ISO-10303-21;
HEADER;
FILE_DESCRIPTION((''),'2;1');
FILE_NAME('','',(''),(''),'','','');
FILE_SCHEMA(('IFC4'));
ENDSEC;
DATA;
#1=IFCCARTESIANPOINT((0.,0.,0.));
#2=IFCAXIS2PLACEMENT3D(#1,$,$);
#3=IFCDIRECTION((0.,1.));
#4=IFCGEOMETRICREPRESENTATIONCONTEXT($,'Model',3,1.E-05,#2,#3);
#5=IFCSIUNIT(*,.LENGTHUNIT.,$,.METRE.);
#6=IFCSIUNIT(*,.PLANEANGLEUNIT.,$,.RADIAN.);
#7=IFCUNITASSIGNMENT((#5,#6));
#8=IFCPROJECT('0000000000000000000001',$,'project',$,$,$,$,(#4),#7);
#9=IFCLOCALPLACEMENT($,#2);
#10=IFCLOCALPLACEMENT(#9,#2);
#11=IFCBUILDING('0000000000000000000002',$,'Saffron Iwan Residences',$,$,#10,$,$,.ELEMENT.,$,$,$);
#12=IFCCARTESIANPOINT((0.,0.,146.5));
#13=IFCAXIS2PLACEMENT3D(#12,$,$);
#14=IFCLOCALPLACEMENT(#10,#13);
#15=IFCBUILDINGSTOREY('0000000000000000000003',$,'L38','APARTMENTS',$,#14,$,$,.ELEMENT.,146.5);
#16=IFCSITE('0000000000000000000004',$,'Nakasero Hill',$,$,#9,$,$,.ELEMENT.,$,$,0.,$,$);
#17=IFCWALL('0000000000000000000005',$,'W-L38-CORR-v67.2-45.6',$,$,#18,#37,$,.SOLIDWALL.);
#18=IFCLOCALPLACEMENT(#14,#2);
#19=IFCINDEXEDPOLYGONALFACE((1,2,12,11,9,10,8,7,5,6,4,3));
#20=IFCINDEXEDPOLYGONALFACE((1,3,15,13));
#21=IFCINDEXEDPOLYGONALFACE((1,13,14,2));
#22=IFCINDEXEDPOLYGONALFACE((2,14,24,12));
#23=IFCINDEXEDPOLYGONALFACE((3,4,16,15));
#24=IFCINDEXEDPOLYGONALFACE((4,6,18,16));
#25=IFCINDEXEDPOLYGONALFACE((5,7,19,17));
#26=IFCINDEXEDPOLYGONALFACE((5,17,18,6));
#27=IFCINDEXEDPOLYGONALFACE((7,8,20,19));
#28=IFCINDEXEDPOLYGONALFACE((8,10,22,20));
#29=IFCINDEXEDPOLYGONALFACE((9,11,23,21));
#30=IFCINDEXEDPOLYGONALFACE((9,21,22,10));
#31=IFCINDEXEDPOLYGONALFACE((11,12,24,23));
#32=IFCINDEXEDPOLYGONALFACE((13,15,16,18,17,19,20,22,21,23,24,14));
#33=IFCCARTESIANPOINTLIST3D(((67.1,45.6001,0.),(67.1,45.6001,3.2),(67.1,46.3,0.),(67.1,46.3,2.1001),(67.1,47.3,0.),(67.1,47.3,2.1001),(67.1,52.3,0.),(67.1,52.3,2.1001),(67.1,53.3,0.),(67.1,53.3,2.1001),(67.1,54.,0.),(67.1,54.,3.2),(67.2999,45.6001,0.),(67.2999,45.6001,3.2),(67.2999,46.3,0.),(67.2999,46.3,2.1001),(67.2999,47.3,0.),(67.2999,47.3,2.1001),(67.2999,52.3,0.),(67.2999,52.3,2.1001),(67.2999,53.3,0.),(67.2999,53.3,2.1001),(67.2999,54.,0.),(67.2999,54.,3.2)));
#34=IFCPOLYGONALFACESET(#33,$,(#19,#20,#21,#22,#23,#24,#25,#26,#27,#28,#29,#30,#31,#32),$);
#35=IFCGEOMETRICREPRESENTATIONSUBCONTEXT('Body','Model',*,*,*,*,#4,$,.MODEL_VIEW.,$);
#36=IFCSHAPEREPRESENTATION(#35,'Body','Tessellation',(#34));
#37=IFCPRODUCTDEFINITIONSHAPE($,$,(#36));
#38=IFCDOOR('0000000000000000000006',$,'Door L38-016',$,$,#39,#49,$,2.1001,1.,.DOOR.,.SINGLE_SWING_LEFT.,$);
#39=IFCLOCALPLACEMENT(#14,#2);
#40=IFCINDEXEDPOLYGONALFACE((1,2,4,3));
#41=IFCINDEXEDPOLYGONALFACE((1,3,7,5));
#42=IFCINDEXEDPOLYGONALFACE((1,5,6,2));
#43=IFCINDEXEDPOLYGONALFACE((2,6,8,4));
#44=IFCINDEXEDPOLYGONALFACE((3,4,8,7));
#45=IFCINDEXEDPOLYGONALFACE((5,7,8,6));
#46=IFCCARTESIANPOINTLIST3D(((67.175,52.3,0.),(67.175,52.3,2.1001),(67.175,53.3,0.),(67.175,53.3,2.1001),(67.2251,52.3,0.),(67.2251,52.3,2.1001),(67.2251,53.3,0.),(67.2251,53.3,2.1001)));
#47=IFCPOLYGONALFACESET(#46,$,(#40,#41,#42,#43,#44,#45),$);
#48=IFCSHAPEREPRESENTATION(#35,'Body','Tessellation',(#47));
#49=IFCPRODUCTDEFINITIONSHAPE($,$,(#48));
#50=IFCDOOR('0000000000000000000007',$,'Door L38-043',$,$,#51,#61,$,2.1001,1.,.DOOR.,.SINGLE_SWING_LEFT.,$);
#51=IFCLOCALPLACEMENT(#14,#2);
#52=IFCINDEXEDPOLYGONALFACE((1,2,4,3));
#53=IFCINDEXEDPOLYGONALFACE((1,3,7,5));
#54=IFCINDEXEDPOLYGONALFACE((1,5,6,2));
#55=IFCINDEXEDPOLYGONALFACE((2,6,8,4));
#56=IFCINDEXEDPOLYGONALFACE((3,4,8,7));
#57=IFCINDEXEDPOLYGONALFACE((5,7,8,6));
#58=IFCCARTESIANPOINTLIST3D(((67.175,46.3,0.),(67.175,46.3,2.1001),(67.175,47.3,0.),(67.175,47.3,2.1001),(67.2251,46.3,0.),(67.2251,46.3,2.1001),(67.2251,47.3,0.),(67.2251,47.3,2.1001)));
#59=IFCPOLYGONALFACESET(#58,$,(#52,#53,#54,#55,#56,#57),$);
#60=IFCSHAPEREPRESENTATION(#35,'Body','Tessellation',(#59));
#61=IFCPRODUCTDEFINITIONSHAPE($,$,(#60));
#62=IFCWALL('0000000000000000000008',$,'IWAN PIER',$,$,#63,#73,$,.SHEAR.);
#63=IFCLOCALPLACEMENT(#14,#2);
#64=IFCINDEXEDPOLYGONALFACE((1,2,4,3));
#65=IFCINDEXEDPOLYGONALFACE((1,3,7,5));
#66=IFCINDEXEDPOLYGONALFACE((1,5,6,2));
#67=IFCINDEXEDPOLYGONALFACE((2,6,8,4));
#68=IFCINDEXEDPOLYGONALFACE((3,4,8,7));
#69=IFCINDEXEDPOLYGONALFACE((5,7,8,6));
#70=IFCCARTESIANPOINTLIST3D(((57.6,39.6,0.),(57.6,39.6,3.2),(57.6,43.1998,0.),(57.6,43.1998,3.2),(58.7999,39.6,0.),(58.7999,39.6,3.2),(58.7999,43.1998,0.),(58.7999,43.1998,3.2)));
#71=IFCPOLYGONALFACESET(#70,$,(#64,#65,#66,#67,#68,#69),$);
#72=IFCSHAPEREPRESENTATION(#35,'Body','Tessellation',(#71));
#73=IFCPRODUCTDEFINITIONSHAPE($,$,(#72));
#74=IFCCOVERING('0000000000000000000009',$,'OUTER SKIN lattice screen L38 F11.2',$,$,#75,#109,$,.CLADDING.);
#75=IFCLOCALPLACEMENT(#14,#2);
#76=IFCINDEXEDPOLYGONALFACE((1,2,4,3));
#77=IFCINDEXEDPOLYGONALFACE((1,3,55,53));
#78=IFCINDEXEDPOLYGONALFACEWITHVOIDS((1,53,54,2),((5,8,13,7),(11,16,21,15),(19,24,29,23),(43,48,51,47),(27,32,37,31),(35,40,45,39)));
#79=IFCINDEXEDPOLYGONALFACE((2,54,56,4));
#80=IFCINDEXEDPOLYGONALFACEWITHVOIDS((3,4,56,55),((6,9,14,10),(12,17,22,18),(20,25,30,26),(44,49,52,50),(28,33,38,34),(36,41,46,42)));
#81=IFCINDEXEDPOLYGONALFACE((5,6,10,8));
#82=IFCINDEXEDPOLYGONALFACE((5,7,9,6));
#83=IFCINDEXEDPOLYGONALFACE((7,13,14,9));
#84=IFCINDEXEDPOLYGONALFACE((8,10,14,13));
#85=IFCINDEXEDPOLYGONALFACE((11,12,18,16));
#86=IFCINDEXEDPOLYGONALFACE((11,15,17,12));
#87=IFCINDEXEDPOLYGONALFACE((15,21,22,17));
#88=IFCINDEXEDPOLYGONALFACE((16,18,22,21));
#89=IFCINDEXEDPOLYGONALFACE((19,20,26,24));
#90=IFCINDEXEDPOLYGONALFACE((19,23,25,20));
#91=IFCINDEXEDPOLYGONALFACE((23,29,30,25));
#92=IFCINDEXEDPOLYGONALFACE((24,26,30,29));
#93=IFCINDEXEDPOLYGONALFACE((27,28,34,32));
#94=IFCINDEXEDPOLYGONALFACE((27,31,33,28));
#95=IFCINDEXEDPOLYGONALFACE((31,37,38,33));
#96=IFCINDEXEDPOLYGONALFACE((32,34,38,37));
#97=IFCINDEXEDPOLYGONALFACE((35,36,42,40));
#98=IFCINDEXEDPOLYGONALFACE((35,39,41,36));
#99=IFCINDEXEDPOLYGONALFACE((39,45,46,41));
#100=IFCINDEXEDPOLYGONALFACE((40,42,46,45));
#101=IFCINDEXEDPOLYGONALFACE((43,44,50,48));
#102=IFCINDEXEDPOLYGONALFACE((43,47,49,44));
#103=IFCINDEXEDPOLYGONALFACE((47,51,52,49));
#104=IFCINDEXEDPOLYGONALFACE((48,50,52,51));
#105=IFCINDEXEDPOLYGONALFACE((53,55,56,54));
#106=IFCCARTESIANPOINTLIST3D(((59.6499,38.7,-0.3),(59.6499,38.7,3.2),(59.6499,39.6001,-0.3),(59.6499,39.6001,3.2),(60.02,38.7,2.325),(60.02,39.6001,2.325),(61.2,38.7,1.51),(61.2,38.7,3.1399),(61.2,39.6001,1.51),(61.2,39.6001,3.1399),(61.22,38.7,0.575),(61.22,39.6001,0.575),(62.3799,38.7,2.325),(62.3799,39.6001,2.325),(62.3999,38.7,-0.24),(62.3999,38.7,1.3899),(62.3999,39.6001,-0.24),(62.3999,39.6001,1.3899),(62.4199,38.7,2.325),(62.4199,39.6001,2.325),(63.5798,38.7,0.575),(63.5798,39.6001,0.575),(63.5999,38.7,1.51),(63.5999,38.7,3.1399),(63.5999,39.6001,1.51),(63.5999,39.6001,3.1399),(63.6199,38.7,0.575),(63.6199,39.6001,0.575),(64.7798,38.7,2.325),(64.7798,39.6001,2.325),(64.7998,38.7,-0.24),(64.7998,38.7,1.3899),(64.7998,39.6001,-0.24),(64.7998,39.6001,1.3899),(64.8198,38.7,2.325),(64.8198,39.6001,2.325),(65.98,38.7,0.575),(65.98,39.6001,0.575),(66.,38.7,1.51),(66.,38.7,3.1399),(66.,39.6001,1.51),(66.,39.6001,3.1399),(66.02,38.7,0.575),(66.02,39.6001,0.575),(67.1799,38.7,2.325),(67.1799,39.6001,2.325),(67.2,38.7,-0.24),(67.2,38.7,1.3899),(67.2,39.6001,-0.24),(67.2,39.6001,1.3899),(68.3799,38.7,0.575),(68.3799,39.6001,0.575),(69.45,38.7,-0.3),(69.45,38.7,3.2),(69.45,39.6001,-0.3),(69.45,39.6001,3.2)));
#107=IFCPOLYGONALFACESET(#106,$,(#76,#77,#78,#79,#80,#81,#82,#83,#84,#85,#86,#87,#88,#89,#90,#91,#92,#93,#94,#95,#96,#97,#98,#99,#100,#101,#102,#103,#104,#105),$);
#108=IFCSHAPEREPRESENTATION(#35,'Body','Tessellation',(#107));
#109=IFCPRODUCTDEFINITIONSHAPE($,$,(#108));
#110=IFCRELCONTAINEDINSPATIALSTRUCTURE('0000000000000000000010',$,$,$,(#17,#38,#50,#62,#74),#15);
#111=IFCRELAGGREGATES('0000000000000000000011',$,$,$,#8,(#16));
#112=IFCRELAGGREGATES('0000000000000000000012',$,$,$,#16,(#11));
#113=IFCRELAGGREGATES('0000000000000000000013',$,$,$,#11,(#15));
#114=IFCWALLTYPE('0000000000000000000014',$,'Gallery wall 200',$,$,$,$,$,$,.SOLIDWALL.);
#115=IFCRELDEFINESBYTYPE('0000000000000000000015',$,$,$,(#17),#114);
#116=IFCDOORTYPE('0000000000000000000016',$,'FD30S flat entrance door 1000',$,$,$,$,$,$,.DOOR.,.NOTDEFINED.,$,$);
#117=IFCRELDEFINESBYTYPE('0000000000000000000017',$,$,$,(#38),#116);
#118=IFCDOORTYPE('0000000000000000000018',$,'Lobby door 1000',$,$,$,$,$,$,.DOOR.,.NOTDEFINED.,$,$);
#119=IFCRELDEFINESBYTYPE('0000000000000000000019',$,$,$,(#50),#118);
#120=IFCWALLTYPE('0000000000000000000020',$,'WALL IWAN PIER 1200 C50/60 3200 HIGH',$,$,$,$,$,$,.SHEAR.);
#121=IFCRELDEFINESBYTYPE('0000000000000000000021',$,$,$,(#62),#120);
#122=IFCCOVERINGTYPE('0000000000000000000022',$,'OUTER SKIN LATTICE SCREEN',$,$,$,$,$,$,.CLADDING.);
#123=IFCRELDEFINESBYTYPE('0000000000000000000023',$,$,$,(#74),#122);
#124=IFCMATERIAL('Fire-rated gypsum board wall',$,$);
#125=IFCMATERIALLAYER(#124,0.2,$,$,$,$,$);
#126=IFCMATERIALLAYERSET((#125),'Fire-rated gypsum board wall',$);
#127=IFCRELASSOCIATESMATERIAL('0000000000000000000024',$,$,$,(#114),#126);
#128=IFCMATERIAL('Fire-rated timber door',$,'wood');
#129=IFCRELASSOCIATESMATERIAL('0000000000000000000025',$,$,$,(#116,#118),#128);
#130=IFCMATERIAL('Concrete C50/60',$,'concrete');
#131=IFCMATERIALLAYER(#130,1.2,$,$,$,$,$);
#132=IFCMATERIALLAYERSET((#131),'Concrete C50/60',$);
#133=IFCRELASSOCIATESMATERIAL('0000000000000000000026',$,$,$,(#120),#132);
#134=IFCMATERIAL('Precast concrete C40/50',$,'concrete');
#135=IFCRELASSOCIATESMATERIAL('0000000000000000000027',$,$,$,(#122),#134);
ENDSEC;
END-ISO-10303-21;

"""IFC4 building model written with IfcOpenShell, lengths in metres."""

from ifc_helpers import new_model, si_unit, direction, frame, frame_2d, origin, place, context, subcontext, project, spatial, polyline, rectangle, outline, extrude, material, layer, layer_set, type_object, element, fill, save


model = new_model("IFC4")

# Units and contexts
model_context = context("Model", 3, precision=1e-05, world=origin(), true_north=direction((0.0, 1.0)))
body_context = subcontext(model_context, "Body", "Model", "MODEL_VIEW")
ifc_project = project(units=[si_unit("LENGTHUNIT", "METRE"), si_unit("PLANEANGLEUNIT", "RADIAN")], contexts=[model_context])

# Site, building, storey
site_placement = place(None, origin())
site = spatial("IfcSite", under=ifc_project, at=site_placement, Name="Nakasero Hill", CompositionType="ELEMENT", RefElevation=0.0)
building_placement = place(site_placement, origin())
building = spatial("IfcBuilding", under=site, at=building_placement, Name="Saffron Iwan Residences", CompositionType="ELEMENT")
storey_placement = place(building_placement, frame((0.0, 0.0, 146.5)))
storey = spatial("IfcBuildingStorey", under=building, at=storey_placement, Name="L38", Description="APARTMENTS", CompositionType="ELEMENT", Elevation=146.5)

# Shared definitions
ifc_material_1 = material(Name="Concrete C50/60", Category="concrete")

# Shared definitions
ifc_material_2 = material(Name="Fire-rated gypsum board wall")
ifc_layer_1 = layer(ifc_material_2, 0.2)
ifc_layer_set_1 = layer_set([ifc_layer_1], Name="Fire-rated gypsum board wall")
wall_type_1 = type_object("IfcWallType", Name="Gallery wall 200", PredefinedType="SOLIDWALL", material=ifc_layer_set_1)

# Wall, openings, doors
wall_1_placement = place(storey_placement, frame((67.2, 45.6001, 0.0), z_axis=(0.0, 0.0, 1.0), x_axis=(0.0, 1.0, 0.0)))
wall_1 = element("IfcWall", 1, at=wall_1_placement, inside=storey, type_object=wall_type_1, Name="W-L38-CORR-v67.2-45.6", PredefinedType="SOLIDWALL", context=body_context, shape_type="SweptSolid", body=[
    extrude(rectangle(XDim=8.3999, YDim=0.2, at=frame_2d((4.2, 0.0))), origin(), (0.0, 0.0, 1.0), 3.2),
])
opening_1_placement = place(wall_1_placement, frame((6.7, 0.0, 0.0)))
opening_1 = element("IfcOpeningElement", 2, at=opening_1_placement, cuts=wall_1, PredefinedType="OPENING", context=body_context, shape_type="SweptSolid", body=[
    extrude(rectangle(XDim=1.0, YDim=2.1001, at=frame_2d((0.5, 1.05))), frame((0.0, 0.1099, 0.0), z_axis=(0.0, -1.0, 0.0), x_axis=(1.0, 0.0, 0.0)), (0.0, 0.0, 1.0), 0.22),
])
opening_2_placement = place(wall_1_placement, frame((0.7, 0.0, 0.0)))
opening_2 = element("IfcOpeningElement", 3, at=opening_2_placement, cuts=wall_1, PredefinedType="OPENING", context=body_context, shape_type="SweptSolid", body=[
    extrude(rectangle(XDim=1.0, YDim=2.1001, at=frame_2d((0.5, 1.05))), frame((0.0, 0.1099, 0.0), z_axis=(0.0, -1.0, 0.0), x_axis=(1.0, 0.0, 0.0)), (0.0, 0.0, 1.0), 0.22),
])
ifc_material_3 = material(Name="Fire-rated timber door", Category="wood")
door_type_1 = type_object("IfcDoorType", Name="FD30S flat entrance door 1000", OperationType="NOTDEFINED", PredefinedType="DOOR", material=ifc_material_3)
door_1_placement = place(opening_1_placement, origin())
door_1 = element("IfcDoor", 4, at=door_1_placement, inside=storey, type_object=door_type_1, Name="Door L38-016", OperationType="SINGLE_SWING_LEFT", OverallHeight=2.1001, OverallWidth=1.0, PredefinedType="DOOR", context=body_context, shape_type="SweptSolid", body=[
    extrude(rectangle(XDim=1.0, YDim=2.1001, at=frame_2d((0.5, 1.05))), frame((0.0, 0.0249, 0.0), z_axis=(0.0, -1.0, 0.0), x_axis=(1.0, 0.0, 0.0)), (0.0, 0.0, 1.0), 0.05),
])
fill(opening_1, door_1)
door_type_2 = type_object("IfcDoorType", Name="Lobby door 1000", OperationType="NOTDEFINED", PredefinedType="DOOR", material=ifc_material_3)
door_2_placement = place(opening_2_placement, origin())
door_2 = element("IfcDoor", 5, at=door_2_placement, inside=storey, type_object=door_type_2, Name="Door L38-043", OperationType="SINGLE_SWING_LEFT", OverallHeight=2.1001, OverallWidth=1.0, PredefinedType="DOOR", context=body_context, shape_type="SweptSolid", body=[
    extrude(rectangle(XDim=1.0, YDim=2.1001, at=frame_2d((0.5, 1.05))), frame((0.0, 0.0249, 0.0), z_axis=(0.0, -1.0, 0.0), x_axis=(1.0, 0.0, 0.0)), (0.0, 0.0, 1.0), 0.05),
])
fill(opening_2, door_2)

# Wall
ifc_layer_2 = layer(ifc_material_1, 1.2)
ifc_layer_set_2 = layer_set([ifc_layer_2], Name="Concrete C50/60")
wall_type_2 = type_object("IfcWallType", Name="WALL IWAN PIER 1200 C50/60 3200 HIGH", PredefinedType="SHEAR", material=ifc_layer_set_2)
wall_2_placement = place(storey_placement, frame((58.2, 39.6001, 0.0), z_axis=(0.0, 0.0, 1.0), x_axis=(0.0, 1.0, 0.0)))
element("IfcWall", 6, at=wall_2_placement, inside=storey, type_object=wall_type_2, Name="IWAN PIER", PredefinedType="SHEAR", context=body_context, shape_type="SweptSolid", body=[
    extrude(rectangle(XDim=3.5999, YDim=1.2, at=frame_2d((1.7998, 0.0))), origin(), (0.0, 0.0, 1.0), 3.2),
])

# Covering
ifc_material_4 = material(Name="Precast concrete C40/50", Category="concrete")
covering_type = type_object("IfcCoveringType", Name="OUTER SKIN LATTICE SCREEN", PredefinedType="CLADDING", material=ifc_material_4)
covering_placement = place(storey_placement, frame((59.6499, 39.6001, -0.3), z_axis=(0.0, -1.0, 0.0), x_axis=(1.0, 0.0, 0.0)))
element("IfcCovering", 7, at=covering_placement, inside=storey, type_object=covering_type, Name="OUTER SKIN lattice screen L38 F11.2", PredefinedType="CLADDING", context=body_context, shape_type="SweptSolid", body=[
    extrude(outline(polyline([(0.0, 0.0), (9.8, 0.0), (9.8, 3.5), (0.0, 3.5), (0.0, 0.0)]), holes=[polyline([(1.5701, 0.875), (2.75, 0.0601), (3.9299, 0.875), (2.75, 1.6899), (1.5701, 0.875)]), polyline([(3.97, 0.875), (5.1499, 0.0601), (6.3301, 0.875), (5.1499, 1.6899), (3.97, 0.875)]), polyline([(6.3701, 0.875), (7.55, 0.0601), (8.73, 0.875), (7.55, 1.6899), (6.3701, 0.875)]), polyline([(0.3701, 2.625), (1.55, 1.8101), (2.73, 2.625), (1.55, 3.4399), (0.3701, 2.625)]), polyline([(2.77, 2.625), (3.95, 1.8101), (5.1299, 2.625), (3.95, 3.4399), (2.77, 2.625)]), polyline([(5.1699, 2.625), (6.3501, 1.8101), (7.53, 2.625), (6.3501, 3.4399), (5.1699, 2.625)])]), origin(), (0.0, 0.0, 1.0), 0.9001),
])

save(model, "model.ifc")
